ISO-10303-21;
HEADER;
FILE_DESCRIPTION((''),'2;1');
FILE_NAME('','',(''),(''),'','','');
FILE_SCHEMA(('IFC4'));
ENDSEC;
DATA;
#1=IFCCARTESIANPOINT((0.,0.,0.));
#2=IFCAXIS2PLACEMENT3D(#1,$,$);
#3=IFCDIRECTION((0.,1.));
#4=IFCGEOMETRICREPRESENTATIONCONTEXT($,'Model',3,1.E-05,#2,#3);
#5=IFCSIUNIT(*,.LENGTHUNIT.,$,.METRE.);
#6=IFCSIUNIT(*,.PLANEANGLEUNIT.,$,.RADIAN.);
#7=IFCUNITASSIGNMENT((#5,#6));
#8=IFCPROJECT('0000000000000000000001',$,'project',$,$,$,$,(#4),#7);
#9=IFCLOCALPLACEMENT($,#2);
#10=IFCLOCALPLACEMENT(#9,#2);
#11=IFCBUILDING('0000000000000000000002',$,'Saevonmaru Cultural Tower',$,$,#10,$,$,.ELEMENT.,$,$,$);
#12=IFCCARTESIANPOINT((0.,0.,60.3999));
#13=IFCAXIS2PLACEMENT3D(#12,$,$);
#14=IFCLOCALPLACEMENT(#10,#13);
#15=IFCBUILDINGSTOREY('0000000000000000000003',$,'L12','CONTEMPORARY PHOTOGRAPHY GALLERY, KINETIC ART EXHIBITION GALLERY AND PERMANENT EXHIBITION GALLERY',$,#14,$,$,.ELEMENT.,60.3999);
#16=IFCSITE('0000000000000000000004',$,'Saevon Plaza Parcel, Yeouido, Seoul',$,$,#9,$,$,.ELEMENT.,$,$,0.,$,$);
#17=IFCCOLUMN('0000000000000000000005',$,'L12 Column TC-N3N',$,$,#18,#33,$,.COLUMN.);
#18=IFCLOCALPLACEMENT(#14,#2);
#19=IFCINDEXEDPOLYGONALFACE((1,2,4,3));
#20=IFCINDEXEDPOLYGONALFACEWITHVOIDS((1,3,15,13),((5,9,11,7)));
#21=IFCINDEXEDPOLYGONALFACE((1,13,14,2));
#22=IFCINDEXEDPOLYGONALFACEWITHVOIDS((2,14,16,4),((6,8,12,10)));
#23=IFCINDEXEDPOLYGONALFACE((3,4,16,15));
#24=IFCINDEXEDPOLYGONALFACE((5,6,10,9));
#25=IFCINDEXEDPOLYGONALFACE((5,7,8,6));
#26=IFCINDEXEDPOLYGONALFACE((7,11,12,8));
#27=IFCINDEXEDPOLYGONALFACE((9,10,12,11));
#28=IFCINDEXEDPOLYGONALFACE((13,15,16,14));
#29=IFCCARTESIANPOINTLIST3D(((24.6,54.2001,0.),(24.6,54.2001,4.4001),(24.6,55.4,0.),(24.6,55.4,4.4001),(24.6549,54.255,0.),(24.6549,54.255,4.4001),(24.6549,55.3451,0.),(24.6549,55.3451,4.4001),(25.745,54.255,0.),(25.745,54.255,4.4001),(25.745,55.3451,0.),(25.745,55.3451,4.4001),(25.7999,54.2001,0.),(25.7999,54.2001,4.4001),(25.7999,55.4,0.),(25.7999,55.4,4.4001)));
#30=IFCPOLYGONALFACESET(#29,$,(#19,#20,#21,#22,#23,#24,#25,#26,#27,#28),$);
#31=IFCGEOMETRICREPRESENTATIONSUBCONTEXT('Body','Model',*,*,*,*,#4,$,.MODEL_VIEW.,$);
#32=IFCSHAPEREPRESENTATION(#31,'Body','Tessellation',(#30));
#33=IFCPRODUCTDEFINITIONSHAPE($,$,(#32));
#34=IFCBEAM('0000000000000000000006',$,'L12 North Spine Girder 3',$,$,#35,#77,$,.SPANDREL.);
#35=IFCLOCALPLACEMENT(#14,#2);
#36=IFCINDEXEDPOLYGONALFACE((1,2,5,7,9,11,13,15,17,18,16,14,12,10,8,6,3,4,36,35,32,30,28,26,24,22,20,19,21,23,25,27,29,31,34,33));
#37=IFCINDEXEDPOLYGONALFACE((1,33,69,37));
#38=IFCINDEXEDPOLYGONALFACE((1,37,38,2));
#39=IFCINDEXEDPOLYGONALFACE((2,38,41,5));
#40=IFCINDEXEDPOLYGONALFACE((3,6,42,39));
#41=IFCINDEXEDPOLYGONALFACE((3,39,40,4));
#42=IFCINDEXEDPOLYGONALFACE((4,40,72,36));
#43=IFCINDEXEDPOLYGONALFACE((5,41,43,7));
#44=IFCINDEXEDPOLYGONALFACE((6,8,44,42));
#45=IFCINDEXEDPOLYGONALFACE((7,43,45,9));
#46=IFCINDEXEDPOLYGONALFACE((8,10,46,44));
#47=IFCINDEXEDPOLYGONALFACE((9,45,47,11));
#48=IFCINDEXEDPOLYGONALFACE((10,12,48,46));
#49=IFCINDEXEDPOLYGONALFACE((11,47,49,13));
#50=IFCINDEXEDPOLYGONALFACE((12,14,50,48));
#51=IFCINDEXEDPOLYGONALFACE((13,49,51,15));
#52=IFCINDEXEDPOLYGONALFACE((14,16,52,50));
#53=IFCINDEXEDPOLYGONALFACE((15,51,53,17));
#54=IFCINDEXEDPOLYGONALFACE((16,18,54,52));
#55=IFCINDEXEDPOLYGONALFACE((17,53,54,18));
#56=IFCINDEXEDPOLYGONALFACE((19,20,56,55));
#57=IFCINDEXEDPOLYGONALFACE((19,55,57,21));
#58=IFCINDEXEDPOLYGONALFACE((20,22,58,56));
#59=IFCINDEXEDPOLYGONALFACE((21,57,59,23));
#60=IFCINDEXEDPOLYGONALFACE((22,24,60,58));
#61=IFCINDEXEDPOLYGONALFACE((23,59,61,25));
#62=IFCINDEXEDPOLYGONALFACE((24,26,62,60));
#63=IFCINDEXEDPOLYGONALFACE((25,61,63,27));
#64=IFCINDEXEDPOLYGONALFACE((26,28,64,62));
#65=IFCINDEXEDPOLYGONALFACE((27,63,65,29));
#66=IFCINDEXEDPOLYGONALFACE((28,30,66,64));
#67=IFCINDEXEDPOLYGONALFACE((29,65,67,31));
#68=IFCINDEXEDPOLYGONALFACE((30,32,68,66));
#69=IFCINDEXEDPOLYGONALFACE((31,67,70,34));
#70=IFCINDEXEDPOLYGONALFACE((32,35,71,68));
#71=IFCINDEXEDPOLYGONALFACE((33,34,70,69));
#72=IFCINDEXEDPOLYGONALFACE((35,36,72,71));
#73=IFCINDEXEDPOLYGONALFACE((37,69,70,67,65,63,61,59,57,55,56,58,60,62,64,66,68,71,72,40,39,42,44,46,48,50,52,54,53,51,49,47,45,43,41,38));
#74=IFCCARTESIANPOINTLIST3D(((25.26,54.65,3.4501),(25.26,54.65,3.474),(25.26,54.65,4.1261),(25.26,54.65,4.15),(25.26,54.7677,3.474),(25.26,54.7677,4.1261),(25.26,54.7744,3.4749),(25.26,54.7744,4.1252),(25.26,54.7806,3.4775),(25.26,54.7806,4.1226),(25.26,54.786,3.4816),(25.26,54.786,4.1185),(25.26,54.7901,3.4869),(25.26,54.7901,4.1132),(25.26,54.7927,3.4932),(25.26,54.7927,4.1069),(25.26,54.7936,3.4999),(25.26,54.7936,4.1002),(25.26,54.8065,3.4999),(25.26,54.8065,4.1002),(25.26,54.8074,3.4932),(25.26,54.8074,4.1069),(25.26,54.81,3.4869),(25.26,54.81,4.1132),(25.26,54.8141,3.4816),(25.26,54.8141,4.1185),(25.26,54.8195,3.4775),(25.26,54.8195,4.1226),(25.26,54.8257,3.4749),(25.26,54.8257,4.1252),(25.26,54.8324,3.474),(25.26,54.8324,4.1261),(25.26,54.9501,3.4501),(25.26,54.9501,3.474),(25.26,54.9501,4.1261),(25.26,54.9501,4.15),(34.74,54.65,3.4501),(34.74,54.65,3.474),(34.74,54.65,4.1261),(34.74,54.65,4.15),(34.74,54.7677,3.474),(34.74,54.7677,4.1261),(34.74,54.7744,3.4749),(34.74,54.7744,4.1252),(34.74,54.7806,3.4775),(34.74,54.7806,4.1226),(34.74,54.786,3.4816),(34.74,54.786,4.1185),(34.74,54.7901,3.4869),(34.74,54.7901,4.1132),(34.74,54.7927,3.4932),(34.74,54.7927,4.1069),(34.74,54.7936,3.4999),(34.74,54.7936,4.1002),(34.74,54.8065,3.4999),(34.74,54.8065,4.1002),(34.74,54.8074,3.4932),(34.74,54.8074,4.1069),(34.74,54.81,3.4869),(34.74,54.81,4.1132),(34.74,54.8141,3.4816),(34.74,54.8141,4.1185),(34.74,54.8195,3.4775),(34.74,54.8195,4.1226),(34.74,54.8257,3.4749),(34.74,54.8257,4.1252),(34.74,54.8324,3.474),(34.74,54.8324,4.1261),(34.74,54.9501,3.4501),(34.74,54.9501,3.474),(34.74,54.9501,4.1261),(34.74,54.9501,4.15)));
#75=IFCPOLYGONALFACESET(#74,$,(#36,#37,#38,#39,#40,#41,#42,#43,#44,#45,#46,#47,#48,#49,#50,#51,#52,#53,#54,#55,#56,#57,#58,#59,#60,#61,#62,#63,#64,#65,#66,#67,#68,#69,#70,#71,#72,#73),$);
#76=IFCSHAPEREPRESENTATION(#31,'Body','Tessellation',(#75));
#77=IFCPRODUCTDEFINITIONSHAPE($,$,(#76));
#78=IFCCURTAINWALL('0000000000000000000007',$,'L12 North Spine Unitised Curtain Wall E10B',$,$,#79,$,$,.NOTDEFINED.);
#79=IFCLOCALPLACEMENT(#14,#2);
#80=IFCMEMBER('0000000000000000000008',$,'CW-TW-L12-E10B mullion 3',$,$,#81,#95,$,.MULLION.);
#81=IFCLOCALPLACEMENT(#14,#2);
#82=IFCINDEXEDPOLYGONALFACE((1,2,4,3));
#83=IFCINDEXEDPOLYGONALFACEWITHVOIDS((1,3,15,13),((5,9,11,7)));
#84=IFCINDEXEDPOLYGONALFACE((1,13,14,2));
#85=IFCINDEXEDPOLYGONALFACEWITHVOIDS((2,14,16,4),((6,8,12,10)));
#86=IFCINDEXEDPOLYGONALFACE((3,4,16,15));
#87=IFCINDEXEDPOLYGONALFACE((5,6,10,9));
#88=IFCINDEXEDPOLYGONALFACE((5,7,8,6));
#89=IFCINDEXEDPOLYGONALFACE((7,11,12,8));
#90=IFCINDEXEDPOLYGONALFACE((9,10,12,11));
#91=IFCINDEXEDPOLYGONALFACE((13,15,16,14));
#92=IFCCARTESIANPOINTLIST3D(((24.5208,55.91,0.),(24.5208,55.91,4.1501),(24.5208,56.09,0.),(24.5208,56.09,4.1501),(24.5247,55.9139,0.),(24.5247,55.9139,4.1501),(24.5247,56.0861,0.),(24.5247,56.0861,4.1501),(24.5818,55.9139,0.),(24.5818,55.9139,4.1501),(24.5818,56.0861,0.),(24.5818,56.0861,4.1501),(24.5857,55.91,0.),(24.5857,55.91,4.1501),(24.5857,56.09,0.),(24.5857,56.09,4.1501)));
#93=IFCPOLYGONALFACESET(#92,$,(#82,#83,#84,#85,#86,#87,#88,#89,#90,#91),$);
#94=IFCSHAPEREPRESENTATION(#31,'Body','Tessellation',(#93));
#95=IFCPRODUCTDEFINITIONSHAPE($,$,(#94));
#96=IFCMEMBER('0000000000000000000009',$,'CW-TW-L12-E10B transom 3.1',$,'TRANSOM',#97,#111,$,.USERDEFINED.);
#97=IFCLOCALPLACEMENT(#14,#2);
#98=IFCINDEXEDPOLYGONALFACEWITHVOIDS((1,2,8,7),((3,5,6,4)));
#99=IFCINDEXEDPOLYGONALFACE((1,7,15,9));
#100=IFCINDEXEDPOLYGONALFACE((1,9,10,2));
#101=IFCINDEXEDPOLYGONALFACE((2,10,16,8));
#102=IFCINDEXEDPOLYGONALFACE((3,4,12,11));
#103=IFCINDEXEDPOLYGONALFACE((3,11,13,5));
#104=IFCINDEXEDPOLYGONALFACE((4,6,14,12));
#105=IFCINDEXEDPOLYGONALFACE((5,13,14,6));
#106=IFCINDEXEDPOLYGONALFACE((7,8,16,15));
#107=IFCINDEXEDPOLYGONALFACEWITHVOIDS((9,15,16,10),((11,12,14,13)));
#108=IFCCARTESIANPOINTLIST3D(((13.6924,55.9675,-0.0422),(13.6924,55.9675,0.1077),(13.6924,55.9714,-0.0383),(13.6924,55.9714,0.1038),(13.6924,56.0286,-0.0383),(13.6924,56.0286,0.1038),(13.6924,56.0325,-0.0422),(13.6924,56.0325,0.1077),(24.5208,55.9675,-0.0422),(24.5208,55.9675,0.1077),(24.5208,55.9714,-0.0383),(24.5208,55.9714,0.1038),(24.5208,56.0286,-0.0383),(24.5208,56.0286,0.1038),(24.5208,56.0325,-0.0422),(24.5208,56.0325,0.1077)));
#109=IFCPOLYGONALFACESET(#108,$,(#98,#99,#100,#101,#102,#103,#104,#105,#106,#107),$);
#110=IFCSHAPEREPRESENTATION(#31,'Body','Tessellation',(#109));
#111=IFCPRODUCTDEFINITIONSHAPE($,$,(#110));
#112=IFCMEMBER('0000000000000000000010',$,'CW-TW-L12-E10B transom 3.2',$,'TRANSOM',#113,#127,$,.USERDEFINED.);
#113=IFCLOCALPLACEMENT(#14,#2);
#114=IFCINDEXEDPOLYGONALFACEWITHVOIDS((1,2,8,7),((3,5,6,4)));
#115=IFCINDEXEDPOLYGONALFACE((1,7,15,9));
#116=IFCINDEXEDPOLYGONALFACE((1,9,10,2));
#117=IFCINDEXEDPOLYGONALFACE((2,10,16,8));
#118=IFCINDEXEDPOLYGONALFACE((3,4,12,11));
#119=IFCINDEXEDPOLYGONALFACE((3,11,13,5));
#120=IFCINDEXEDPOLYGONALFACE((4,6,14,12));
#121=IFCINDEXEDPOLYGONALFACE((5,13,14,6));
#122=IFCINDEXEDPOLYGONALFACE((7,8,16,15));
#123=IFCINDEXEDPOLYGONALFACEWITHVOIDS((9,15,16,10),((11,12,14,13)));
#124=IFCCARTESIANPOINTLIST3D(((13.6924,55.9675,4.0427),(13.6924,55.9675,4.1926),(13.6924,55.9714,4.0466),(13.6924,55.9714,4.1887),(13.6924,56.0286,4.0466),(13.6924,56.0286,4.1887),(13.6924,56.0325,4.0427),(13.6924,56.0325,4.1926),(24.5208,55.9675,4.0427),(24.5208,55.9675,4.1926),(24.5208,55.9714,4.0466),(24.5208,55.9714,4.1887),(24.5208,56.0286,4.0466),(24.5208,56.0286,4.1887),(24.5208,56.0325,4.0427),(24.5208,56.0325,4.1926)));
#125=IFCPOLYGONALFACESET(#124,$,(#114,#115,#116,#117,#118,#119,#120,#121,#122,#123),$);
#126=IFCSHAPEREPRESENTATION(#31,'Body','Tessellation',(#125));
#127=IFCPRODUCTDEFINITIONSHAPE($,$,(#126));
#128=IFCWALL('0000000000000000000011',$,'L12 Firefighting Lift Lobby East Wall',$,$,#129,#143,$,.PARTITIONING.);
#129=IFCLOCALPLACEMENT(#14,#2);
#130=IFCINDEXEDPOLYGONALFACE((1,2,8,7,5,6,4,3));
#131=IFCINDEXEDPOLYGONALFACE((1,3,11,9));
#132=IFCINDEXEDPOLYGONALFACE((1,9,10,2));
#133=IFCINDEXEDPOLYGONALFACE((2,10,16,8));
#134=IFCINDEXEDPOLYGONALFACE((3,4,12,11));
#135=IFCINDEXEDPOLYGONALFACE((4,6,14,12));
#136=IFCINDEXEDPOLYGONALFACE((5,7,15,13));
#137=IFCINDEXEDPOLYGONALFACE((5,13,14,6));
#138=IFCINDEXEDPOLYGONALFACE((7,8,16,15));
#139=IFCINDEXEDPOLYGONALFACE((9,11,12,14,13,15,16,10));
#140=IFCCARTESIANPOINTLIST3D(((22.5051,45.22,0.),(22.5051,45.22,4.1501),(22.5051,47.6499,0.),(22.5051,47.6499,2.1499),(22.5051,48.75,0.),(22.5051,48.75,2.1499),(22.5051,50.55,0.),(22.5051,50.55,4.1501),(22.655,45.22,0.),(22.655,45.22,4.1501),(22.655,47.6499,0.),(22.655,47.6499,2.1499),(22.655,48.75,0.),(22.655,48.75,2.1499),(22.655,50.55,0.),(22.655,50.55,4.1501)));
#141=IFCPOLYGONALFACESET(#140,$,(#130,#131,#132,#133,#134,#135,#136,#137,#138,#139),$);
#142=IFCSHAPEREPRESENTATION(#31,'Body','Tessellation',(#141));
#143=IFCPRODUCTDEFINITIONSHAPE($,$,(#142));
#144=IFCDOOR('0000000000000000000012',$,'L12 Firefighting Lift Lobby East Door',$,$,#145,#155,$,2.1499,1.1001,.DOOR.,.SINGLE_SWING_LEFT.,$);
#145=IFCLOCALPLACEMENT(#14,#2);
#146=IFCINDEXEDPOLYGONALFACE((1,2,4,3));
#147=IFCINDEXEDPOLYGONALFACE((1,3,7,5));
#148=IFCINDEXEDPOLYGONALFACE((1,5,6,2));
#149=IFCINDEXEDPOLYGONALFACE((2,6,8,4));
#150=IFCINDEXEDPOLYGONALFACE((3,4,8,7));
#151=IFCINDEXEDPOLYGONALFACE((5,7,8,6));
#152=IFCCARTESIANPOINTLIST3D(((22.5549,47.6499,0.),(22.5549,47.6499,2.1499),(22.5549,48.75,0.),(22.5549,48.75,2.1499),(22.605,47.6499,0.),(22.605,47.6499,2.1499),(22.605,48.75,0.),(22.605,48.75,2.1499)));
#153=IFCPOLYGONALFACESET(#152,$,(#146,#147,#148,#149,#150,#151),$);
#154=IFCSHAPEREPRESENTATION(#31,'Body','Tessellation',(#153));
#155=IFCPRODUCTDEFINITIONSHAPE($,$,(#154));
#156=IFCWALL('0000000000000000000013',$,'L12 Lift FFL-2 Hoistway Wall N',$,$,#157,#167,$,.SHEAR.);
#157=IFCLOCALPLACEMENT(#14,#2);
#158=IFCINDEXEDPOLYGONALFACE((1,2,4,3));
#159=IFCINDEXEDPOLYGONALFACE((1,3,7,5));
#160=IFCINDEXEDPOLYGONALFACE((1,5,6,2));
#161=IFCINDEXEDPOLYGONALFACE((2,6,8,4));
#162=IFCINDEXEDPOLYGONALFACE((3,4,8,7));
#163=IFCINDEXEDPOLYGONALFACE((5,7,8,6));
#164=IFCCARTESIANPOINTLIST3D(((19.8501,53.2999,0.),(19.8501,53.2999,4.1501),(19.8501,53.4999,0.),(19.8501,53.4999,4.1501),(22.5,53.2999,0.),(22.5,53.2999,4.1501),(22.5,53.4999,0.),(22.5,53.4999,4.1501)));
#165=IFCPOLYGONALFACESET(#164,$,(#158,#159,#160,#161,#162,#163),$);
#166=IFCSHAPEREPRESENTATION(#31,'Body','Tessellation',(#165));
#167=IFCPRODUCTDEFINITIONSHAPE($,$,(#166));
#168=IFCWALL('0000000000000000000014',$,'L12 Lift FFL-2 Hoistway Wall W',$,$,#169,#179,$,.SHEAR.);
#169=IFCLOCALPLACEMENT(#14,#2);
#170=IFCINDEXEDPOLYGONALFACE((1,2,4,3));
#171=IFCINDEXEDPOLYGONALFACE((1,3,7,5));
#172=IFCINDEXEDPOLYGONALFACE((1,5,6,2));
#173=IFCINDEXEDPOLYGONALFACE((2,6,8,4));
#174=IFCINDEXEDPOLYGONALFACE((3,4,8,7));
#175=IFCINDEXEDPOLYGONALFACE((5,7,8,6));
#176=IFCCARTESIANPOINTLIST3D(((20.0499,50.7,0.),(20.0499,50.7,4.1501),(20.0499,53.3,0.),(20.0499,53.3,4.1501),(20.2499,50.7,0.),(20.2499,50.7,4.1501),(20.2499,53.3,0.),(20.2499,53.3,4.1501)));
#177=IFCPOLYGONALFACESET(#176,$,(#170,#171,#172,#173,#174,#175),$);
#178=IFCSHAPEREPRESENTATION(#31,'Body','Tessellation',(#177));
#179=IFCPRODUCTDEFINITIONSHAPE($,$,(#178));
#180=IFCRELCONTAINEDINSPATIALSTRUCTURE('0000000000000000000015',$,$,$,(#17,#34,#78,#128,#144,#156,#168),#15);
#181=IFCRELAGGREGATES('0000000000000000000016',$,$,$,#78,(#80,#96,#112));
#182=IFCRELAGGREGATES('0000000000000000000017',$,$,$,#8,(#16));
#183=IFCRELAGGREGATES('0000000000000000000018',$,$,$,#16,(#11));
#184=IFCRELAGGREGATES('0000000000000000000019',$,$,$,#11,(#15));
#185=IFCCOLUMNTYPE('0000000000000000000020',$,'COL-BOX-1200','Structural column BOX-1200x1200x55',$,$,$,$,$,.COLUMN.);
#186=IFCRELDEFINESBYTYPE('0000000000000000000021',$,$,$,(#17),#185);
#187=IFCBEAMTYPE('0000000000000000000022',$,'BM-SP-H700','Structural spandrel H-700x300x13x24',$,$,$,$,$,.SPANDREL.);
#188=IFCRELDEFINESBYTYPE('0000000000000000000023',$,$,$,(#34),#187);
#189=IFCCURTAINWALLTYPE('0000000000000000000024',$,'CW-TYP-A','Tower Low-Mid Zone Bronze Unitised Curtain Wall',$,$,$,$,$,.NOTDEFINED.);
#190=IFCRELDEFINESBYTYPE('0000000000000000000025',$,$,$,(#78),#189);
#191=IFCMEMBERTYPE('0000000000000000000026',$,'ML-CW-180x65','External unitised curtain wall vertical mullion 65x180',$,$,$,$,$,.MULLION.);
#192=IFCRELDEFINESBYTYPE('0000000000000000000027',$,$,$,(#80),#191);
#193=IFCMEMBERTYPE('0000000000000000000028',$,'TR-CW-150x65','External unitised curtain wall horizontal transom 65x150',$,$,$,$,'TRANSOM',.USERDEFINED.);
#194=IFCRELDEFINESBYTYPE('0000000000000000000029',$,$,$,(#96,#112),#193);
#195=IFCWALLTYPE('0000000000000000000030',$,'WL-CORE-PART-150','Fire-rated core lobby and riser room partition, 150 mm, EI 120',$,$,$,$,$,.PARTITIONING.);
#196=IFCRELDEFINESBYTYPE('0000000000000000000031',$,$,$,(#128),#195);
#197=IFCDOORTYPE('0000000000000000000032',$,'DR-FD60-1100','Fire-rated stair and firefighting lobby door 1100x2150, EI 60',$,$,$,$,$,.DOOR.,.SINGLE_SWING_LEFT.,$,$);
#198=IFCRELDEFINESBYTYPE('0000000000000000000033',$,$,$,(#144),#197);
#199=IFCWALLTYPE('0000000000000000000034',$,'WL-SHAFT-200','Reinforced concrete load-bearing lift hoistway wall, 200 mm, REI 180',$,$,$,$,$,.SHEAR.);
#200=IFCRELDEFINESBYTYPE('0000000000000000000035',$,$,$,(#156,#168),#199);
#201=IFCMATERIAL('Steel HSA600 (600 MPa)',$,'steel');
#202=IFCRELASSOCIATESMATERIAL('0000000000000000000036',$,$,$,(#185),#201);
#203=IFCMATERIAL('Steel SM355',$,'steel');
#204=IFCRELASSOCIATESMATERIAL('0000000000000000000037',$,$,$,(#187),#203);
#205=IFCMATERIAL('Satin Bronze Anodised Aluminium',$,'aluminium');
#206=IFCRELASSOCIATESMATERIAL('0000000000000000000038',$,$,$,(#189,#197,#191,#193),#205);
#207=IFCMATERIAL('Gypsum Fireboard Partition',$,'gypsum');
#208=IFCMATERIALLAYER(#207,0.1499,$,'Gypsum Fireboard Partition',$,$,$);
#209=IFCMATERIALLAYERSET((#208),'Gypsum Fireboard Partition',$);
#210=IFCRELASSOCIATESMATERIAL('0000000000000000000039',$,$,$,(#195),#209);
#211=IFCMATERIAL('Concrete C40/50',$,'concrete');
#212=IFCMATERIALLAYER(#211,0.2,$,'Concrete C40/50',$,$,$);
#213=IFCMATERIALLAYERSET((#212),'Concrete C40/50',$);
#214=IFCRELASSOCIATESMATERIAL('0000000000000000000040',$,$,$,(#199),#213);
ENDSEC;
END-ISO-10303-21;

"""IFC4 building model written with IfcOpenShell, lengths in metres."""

from ifc_helpers import new_model, si_unit, direction, frame, frame_2d, origin, origin_2d, place, context, subcontext, project, spatial, rectangle, hollow_rectangle, i_section, extrude, material, layer, layer_set, material_profile, profile_set, type_object, element, fill, aggregate, save


model = new_model("IFC4")

# Units and contexts
model_context = context("Model", 3, precision=1e-05, world=origin(), true_north=direction((0.0, 1.0)))
body_context = subcontext(model_context, "Body", "Model", "MODEL_VIEW")
ifc_project = project(units=[si_unit("LENGTHUNIT", "METRE"), si_unit("PLANEANGLEUNIT", "RADIAN")], contexts=[model_context])

# Site, building, storey
site_placement = place(None, origin())
site = spatial("IfcSite", under=ifc_project, at=site_placement, Name="Saevon Plaza Parcel, Yeouido, Seoul", CompositionType="ELEMENT", RefElevation=0.0)
building_placement = place(site_placement, origin())
building = spatial("IfcBuilding", under=site, at=building_placement, Name="Saevonmaru Cultural Tower", CompositionType="ELEMENT")
storey_placement = place(building_placement, frame((0.0, 0.0, 60.3999)))
storey = spatial("IfcBuildingStorey", under=building, at=storey_placement, Name="L12", Description="CONTEMPORARY PHOTOGRAPHY GALLERY, KINETIC ART EXHIBITION GALLERY AND PERMANENT EXHIBITION GALLERY", CompositionType="ELEMENT", Elevation=60.3999)

# Column
ifc_material_1 = material(Name="Steel HSA600 (600 MPa)", Category="steel")
ifc_material_profile_1 = material_profile(ifc_material_1, hollow_rectangle(XDim=1.2, YDim=1.2, WallThickness=0.0549, at=origin_2d()), Name="BOX-1200x1200x55")
ifc_profile_set_1 = profile_set([ifc_material_profile_1], Name="Steel HSA600 (600 MPa)")
column_type = type_object("IfcColumnType", Name="COL-BOX-1200", Description="Structural column BOX-1200x1200x55", PredefinedType="COLUMN", material=ifc_profile_set_1)
column_placement = place(storey_placement, frame((25.2, 54.8, 0.0), z_axis=(0.0, 0.0, 1.0), x_axis=(1.0, 0.0, 0.0)))
element("IfcColumn", 1, at=column_placement, inside=storey, type_object=column_type, Name="L12 Column TC-N3N", PredefinedType="COLUMN", context=body_context, shape_type="SweptSolid", body=[
    extrude(hollow_rectangle(XDim=1.2, YDim=1.2, WallThickness=0.0549, at=origin_2d()), origin(), (0.0, 0.0, 1.0), 4.4001),
])

# Beam
ifc_material_2 = material(Name="Steel SM355", Category="steel")
ifc_material_profile_2 = material_profile(ifc_material_2, i_section(OverallWidth=0.3, OverallDepth=0.7, WebThickness=0.0129, FlangeThickness=0.0239, FilletRadius=0.0259, at=origin_2d()), Name="H-700x300x13x24")
ifc_profile_set_2 = profile_set([ifc_material_profile_2], Name="Steel SM355")
beam_type = type_object("IfcBeamType", Name="BM-SP-H700", Description="Structural spandrel H-700x300x13x24", PredefinedType="SPANDREL", material=ifc_profile_set_2)
beam_placement = place(storey_placement, frame((25.26, 54.8, 3.8), z_axis=(1.0, 0.0, 0.0), x_axis=(0.0, 1.0, 0.0)))
element("IfcBeam", 2, at=beam_placement, inside=storey, type_object=beam_type, Name="L12 North Spine Girder 3", PredefinedType="SPANDREL", context=body_context, shape_type="SweptSolid", body=[
    extrude(i_section(OverallWidth=0.3, OverallDepth=0.7, WebThickness=0.0129, FlangeThickness=0.0239, FilletRadius=0.0259, at=origin_2d()), origin(), (0.0, 0.0, 1.0), 9.48),
])

# Curtain wall, members
ifc_material_3 = material(Name="Satin Bronze Anodised Aluminium", Category="aluminium")
curtain_wall_type = type_object("IfcCurtainWallType", Name="CW-TYP-A", Description="Tower Low-Mid Zone Bronze Unitised Curtain Wall", PredefinedType="NOTDEFINED", material=ifc_material_3)
curtain_wall_placement = place(storey_placement, origin())
curtain_wall = element("IfcCurtainWall", 3, at=curtain_wall_placement, inside=storey, type_object=curtain_wall_type, Name="L12 North Spine Unitised Curtain Wall E10B", PredefinedType="NOTDEFINED")
ifc_material_profile_3 = material_profile(ifc_material_3, hollow_rectangle(XDim=0.0649, YDim=0.1799, WallThickness=0.0039, at=origin_2d()), Name="ALU-MULL-180x65x4")
ifc_profile_set_3 = profile_set([ifc_material_profile_3], Name="Satin Bronze Anodised Aluminium")
member_type_1 = type_object("IfcMemberType", Name="ML-CW-180x65", Description="External unitised curtain wall vertical mullion 65x180", PredefinedType="MULLION", material=ifc_profile_set_3)
member_1_placement = place(storey_placement, frame((24.5532, 56.0, 0.0), z_axis=(0.0, 0.0, 1.0), x_axis=(-1.0, 0.0, 0.0)))
member_1 = element("IfcMember", 4, at=member_1_placement, type_object=member_type_1, Name="CW-TW-L12-E10B mullion 3", PredefinedType="MULLION", context=body_context, shape_type="SweptSolid", body=[
    extrude(hollow_rectangle(XDim=0.0649, YDim=0.1799, WallThickness=0.0039, at=origin_2d()), origin(), (0.0, 0.0, 1.0), 4.1501),
])
ifc_material_profile_4 = material_profile(ifc_material_3, hollow_rectangle(XDim=0.0649, YDim=0.1499, WallThickness=0.0039, at=origin_2d()), Name="ALU-TRAN-150x65x4")
ifc_profile_set_4 = profile_set([ifc_material_profile_4], Name="Satin Bronze Anodised Aluminium")
member_type_2 = type_object("IfcMemberType", Name="TR-CW-150x65", Description="External unitised curtain wall horizontal transom 65x150", ElementType="TRANSOM", PredefinedType="USERDEFINED", material=ifc_profile_set_4)
member_2_placement = place(storey_placement, frame((24.5208, 56.0, 0.0327), z_axis=(-1.0, 0.0, 0.0), x_axis=(0.0, -1.0, 0.0)))
member_2 = element("IfcMember", 5, at=member_2_placement, type_object=member_type_2, Name="CW-TW-L12-E10B transom 3.1", ObjectType="TRANSOM", PredefinedType="USERDEFINED", context=body_context, shape_type="SweptSolid", body=[
    extrude(hollow_rectangle(XDim=0.0649, YDim=0.1499, WallThickness=0.0039, at=origin_2d()), origin(), (0.0, 0.0, 1.0), 10.8284),
])
member_3_placement = place(storey_placement, frame((24.5208, 56.0, 4.1177), z_axis=(-1.0, 0.0, 0.0), x_axis=(0.0, -1.0, 0.0)))
member_3 = element("IfcMember", 6, at=member_3_placement, type_object=member_type_2, Name="CW-TW-L12-E10B transom 3.2", ObjectType="TRANSOM", PredefinedType="USERDEFINED", context=body_context, shape_type="SweptSolid", body=[
    extrude(hollow_rectangle(XDim=0.0649, YDim=0.1499, WallThickness=0.0039, at=origin_2d()), origin(), (0.0, 0.0, 1.0), 10.8284),
])
aggregate(curtain_wall, [member_1, member_2, member_3])

# Wall, opening, door
ifc_material_4 = material(Name="Gypsum Fireboard Partition", Category="gypsum")
ifc_layer_1 = layer(ifc_material_4, 0.1499, Name="Gypsum Fireboard Partition")
ifc_layer_set_1 = layer_set([ifc_layer_1], Name="Gypsum Fireboard Partition")
wall_type_1 = type_object("IfcWallType", Name="WL-CORE-PART-150", Description="Fire-rated core lobby and riser room partition, 150 mm, EI 120", PredefinedType="PARTITIONING", material=ifc_layer_set_1)
wall_1_placement = place(storey_placement, frame((22.5801, 50.55, 0.0), z_axis=(0.0, 0.0, 1.0), x_axis=(0.0, -1.0, 0.0)))
wall_1 = element("IfcWall", 7, at=wall_1_placement, inside=storey, type_object=wall_type_1, Name="L12 Firefighting Lift Lobby East Wall", PredefinedType="PARTITIONING", context=body_context, shape_type="SweptSolid", body=[
    extrude(rectangle(XDim=5.3301, YDim=0.1499, at=frame_2d((2.665, 0.0))), origin(), (0.0, 0.0, 1.0), 4.1501),
])
opening_1_placement = place(wall_1_placement, frame((1.8, 0.0, 0.0)))
opening_1 = element("IfcOpeningElement", 8, at=opening_1_placement, cuts=wall_1, PredefinedType="OPENING", context=body_context, shape_type="SweptSolid", body=[
    extrude(rectangle(XDim=1.1001, YDim=2.1499, at=frame_2d((0.55, 1.075))), frame((0.0, 0.085, 0.0), z_axis=(0.0, -1.0, 0.0), x_axis=(1.0, 0.0, 0.0)), (0.0, 0.0, 1.0), 0.1699),
])
door_type_1 = type_object("IfcDoorType", Name="DR-FD60-1100", Description="Fire-rated stair and firefighting lobby door 1100x2150, EI 60", OperationType="SINGLE_SWING_LEFT", PredefinedType="DOOR", material=ifc_material_3)
door_1_placement = place(opening_1_placement, origin())
door_1 = element("IfcDoor", 9, at=door_1_placement, inside=storey, type_object=door_type_1, Name="L12 Firefighting Lift Lobby East Door", OperationType="SINGLE_SWING_LEFT", OverallHeight=2.1499, OverallWidth=1.1001, PredefinedType="DOOR", context=body_context, shape_type="SweptSolid", body=[
    extrude(rectangle(XDim=1.1001, YDim=2.1499, at=frame_2d((0.55, 1.075))), frame((0.0, 0.0249, 0.0), z_axis=(0.0, -1.0, 0.0), x_axis=(1.0, 0.0, 0.0)), (0.0, 0.0, 1.0), 0.05),
])
fill(opening_1, door_1)

# Walls
ifc_material_5 = material(Name="Concrete C40/50", Category="concrete")
ifc_layer_2 = layer(ifc_material_5, 0.2, Name="Concrete C40/50")
ifc_layer_set_2 = layer_set([ifc_layer_2], Name="Concrete C40/50")
wall_type_2 = type_object("IfcWallType", Name="WL-SHAFT-200", Description="Reinforced concrete load-bearing lift hoistway wall, 200 mm, REI 180", PredefinedType="SHEAR", material=ifc_layer_set_2)
wall_2_placement = place(storey_placement, frame((19.8501, 53.3999, 0.0), z_axis=(0.0, 0.0, 1.0), x_axis=(1.0, 0.0, 0.0)))
element("IfcWall", 10, at=wall_2_placement, inside=storey, type_object=wall_type_2, Name="L12 Lift FFL-2 Hoistway Wall N", PredefinedType="SHEAR", context=body_context, shape_type="SweptSolid", body=[
    extrude(rectangle(XDim=2.6499, YDim=0.2, at=frame_2d((1.325, 0.0))), origin(), (0.0, 0.0, 1.0), 4.1501),
])
for number, where, z_axis, x_axis, name in (
    (11, (20.1499, 50.7, 0.0), (0.0, 0.0, 1.0), (0.0, 1.0, 0.0), "L12 Lift FFL-2 Hoistway Wall W"),
):
    element("IfcWall", number, at=place(storey_placement, frame(where, z_axis=z_axis, x_axis=x_axis)), inside=storey, type_object=wall_type_2, Name=name, PredefinedType="SHEAR", context=body_context, shape_type="SweptSolid", body=[
        extrude(rectangle(XDim=2.6001, YDim=0.2, at=frame_2d((1.3, 0.0))), origin(), (0.0, 0.0, 1.0), 4.1501),
    ])

save(model, "model.ifc")
